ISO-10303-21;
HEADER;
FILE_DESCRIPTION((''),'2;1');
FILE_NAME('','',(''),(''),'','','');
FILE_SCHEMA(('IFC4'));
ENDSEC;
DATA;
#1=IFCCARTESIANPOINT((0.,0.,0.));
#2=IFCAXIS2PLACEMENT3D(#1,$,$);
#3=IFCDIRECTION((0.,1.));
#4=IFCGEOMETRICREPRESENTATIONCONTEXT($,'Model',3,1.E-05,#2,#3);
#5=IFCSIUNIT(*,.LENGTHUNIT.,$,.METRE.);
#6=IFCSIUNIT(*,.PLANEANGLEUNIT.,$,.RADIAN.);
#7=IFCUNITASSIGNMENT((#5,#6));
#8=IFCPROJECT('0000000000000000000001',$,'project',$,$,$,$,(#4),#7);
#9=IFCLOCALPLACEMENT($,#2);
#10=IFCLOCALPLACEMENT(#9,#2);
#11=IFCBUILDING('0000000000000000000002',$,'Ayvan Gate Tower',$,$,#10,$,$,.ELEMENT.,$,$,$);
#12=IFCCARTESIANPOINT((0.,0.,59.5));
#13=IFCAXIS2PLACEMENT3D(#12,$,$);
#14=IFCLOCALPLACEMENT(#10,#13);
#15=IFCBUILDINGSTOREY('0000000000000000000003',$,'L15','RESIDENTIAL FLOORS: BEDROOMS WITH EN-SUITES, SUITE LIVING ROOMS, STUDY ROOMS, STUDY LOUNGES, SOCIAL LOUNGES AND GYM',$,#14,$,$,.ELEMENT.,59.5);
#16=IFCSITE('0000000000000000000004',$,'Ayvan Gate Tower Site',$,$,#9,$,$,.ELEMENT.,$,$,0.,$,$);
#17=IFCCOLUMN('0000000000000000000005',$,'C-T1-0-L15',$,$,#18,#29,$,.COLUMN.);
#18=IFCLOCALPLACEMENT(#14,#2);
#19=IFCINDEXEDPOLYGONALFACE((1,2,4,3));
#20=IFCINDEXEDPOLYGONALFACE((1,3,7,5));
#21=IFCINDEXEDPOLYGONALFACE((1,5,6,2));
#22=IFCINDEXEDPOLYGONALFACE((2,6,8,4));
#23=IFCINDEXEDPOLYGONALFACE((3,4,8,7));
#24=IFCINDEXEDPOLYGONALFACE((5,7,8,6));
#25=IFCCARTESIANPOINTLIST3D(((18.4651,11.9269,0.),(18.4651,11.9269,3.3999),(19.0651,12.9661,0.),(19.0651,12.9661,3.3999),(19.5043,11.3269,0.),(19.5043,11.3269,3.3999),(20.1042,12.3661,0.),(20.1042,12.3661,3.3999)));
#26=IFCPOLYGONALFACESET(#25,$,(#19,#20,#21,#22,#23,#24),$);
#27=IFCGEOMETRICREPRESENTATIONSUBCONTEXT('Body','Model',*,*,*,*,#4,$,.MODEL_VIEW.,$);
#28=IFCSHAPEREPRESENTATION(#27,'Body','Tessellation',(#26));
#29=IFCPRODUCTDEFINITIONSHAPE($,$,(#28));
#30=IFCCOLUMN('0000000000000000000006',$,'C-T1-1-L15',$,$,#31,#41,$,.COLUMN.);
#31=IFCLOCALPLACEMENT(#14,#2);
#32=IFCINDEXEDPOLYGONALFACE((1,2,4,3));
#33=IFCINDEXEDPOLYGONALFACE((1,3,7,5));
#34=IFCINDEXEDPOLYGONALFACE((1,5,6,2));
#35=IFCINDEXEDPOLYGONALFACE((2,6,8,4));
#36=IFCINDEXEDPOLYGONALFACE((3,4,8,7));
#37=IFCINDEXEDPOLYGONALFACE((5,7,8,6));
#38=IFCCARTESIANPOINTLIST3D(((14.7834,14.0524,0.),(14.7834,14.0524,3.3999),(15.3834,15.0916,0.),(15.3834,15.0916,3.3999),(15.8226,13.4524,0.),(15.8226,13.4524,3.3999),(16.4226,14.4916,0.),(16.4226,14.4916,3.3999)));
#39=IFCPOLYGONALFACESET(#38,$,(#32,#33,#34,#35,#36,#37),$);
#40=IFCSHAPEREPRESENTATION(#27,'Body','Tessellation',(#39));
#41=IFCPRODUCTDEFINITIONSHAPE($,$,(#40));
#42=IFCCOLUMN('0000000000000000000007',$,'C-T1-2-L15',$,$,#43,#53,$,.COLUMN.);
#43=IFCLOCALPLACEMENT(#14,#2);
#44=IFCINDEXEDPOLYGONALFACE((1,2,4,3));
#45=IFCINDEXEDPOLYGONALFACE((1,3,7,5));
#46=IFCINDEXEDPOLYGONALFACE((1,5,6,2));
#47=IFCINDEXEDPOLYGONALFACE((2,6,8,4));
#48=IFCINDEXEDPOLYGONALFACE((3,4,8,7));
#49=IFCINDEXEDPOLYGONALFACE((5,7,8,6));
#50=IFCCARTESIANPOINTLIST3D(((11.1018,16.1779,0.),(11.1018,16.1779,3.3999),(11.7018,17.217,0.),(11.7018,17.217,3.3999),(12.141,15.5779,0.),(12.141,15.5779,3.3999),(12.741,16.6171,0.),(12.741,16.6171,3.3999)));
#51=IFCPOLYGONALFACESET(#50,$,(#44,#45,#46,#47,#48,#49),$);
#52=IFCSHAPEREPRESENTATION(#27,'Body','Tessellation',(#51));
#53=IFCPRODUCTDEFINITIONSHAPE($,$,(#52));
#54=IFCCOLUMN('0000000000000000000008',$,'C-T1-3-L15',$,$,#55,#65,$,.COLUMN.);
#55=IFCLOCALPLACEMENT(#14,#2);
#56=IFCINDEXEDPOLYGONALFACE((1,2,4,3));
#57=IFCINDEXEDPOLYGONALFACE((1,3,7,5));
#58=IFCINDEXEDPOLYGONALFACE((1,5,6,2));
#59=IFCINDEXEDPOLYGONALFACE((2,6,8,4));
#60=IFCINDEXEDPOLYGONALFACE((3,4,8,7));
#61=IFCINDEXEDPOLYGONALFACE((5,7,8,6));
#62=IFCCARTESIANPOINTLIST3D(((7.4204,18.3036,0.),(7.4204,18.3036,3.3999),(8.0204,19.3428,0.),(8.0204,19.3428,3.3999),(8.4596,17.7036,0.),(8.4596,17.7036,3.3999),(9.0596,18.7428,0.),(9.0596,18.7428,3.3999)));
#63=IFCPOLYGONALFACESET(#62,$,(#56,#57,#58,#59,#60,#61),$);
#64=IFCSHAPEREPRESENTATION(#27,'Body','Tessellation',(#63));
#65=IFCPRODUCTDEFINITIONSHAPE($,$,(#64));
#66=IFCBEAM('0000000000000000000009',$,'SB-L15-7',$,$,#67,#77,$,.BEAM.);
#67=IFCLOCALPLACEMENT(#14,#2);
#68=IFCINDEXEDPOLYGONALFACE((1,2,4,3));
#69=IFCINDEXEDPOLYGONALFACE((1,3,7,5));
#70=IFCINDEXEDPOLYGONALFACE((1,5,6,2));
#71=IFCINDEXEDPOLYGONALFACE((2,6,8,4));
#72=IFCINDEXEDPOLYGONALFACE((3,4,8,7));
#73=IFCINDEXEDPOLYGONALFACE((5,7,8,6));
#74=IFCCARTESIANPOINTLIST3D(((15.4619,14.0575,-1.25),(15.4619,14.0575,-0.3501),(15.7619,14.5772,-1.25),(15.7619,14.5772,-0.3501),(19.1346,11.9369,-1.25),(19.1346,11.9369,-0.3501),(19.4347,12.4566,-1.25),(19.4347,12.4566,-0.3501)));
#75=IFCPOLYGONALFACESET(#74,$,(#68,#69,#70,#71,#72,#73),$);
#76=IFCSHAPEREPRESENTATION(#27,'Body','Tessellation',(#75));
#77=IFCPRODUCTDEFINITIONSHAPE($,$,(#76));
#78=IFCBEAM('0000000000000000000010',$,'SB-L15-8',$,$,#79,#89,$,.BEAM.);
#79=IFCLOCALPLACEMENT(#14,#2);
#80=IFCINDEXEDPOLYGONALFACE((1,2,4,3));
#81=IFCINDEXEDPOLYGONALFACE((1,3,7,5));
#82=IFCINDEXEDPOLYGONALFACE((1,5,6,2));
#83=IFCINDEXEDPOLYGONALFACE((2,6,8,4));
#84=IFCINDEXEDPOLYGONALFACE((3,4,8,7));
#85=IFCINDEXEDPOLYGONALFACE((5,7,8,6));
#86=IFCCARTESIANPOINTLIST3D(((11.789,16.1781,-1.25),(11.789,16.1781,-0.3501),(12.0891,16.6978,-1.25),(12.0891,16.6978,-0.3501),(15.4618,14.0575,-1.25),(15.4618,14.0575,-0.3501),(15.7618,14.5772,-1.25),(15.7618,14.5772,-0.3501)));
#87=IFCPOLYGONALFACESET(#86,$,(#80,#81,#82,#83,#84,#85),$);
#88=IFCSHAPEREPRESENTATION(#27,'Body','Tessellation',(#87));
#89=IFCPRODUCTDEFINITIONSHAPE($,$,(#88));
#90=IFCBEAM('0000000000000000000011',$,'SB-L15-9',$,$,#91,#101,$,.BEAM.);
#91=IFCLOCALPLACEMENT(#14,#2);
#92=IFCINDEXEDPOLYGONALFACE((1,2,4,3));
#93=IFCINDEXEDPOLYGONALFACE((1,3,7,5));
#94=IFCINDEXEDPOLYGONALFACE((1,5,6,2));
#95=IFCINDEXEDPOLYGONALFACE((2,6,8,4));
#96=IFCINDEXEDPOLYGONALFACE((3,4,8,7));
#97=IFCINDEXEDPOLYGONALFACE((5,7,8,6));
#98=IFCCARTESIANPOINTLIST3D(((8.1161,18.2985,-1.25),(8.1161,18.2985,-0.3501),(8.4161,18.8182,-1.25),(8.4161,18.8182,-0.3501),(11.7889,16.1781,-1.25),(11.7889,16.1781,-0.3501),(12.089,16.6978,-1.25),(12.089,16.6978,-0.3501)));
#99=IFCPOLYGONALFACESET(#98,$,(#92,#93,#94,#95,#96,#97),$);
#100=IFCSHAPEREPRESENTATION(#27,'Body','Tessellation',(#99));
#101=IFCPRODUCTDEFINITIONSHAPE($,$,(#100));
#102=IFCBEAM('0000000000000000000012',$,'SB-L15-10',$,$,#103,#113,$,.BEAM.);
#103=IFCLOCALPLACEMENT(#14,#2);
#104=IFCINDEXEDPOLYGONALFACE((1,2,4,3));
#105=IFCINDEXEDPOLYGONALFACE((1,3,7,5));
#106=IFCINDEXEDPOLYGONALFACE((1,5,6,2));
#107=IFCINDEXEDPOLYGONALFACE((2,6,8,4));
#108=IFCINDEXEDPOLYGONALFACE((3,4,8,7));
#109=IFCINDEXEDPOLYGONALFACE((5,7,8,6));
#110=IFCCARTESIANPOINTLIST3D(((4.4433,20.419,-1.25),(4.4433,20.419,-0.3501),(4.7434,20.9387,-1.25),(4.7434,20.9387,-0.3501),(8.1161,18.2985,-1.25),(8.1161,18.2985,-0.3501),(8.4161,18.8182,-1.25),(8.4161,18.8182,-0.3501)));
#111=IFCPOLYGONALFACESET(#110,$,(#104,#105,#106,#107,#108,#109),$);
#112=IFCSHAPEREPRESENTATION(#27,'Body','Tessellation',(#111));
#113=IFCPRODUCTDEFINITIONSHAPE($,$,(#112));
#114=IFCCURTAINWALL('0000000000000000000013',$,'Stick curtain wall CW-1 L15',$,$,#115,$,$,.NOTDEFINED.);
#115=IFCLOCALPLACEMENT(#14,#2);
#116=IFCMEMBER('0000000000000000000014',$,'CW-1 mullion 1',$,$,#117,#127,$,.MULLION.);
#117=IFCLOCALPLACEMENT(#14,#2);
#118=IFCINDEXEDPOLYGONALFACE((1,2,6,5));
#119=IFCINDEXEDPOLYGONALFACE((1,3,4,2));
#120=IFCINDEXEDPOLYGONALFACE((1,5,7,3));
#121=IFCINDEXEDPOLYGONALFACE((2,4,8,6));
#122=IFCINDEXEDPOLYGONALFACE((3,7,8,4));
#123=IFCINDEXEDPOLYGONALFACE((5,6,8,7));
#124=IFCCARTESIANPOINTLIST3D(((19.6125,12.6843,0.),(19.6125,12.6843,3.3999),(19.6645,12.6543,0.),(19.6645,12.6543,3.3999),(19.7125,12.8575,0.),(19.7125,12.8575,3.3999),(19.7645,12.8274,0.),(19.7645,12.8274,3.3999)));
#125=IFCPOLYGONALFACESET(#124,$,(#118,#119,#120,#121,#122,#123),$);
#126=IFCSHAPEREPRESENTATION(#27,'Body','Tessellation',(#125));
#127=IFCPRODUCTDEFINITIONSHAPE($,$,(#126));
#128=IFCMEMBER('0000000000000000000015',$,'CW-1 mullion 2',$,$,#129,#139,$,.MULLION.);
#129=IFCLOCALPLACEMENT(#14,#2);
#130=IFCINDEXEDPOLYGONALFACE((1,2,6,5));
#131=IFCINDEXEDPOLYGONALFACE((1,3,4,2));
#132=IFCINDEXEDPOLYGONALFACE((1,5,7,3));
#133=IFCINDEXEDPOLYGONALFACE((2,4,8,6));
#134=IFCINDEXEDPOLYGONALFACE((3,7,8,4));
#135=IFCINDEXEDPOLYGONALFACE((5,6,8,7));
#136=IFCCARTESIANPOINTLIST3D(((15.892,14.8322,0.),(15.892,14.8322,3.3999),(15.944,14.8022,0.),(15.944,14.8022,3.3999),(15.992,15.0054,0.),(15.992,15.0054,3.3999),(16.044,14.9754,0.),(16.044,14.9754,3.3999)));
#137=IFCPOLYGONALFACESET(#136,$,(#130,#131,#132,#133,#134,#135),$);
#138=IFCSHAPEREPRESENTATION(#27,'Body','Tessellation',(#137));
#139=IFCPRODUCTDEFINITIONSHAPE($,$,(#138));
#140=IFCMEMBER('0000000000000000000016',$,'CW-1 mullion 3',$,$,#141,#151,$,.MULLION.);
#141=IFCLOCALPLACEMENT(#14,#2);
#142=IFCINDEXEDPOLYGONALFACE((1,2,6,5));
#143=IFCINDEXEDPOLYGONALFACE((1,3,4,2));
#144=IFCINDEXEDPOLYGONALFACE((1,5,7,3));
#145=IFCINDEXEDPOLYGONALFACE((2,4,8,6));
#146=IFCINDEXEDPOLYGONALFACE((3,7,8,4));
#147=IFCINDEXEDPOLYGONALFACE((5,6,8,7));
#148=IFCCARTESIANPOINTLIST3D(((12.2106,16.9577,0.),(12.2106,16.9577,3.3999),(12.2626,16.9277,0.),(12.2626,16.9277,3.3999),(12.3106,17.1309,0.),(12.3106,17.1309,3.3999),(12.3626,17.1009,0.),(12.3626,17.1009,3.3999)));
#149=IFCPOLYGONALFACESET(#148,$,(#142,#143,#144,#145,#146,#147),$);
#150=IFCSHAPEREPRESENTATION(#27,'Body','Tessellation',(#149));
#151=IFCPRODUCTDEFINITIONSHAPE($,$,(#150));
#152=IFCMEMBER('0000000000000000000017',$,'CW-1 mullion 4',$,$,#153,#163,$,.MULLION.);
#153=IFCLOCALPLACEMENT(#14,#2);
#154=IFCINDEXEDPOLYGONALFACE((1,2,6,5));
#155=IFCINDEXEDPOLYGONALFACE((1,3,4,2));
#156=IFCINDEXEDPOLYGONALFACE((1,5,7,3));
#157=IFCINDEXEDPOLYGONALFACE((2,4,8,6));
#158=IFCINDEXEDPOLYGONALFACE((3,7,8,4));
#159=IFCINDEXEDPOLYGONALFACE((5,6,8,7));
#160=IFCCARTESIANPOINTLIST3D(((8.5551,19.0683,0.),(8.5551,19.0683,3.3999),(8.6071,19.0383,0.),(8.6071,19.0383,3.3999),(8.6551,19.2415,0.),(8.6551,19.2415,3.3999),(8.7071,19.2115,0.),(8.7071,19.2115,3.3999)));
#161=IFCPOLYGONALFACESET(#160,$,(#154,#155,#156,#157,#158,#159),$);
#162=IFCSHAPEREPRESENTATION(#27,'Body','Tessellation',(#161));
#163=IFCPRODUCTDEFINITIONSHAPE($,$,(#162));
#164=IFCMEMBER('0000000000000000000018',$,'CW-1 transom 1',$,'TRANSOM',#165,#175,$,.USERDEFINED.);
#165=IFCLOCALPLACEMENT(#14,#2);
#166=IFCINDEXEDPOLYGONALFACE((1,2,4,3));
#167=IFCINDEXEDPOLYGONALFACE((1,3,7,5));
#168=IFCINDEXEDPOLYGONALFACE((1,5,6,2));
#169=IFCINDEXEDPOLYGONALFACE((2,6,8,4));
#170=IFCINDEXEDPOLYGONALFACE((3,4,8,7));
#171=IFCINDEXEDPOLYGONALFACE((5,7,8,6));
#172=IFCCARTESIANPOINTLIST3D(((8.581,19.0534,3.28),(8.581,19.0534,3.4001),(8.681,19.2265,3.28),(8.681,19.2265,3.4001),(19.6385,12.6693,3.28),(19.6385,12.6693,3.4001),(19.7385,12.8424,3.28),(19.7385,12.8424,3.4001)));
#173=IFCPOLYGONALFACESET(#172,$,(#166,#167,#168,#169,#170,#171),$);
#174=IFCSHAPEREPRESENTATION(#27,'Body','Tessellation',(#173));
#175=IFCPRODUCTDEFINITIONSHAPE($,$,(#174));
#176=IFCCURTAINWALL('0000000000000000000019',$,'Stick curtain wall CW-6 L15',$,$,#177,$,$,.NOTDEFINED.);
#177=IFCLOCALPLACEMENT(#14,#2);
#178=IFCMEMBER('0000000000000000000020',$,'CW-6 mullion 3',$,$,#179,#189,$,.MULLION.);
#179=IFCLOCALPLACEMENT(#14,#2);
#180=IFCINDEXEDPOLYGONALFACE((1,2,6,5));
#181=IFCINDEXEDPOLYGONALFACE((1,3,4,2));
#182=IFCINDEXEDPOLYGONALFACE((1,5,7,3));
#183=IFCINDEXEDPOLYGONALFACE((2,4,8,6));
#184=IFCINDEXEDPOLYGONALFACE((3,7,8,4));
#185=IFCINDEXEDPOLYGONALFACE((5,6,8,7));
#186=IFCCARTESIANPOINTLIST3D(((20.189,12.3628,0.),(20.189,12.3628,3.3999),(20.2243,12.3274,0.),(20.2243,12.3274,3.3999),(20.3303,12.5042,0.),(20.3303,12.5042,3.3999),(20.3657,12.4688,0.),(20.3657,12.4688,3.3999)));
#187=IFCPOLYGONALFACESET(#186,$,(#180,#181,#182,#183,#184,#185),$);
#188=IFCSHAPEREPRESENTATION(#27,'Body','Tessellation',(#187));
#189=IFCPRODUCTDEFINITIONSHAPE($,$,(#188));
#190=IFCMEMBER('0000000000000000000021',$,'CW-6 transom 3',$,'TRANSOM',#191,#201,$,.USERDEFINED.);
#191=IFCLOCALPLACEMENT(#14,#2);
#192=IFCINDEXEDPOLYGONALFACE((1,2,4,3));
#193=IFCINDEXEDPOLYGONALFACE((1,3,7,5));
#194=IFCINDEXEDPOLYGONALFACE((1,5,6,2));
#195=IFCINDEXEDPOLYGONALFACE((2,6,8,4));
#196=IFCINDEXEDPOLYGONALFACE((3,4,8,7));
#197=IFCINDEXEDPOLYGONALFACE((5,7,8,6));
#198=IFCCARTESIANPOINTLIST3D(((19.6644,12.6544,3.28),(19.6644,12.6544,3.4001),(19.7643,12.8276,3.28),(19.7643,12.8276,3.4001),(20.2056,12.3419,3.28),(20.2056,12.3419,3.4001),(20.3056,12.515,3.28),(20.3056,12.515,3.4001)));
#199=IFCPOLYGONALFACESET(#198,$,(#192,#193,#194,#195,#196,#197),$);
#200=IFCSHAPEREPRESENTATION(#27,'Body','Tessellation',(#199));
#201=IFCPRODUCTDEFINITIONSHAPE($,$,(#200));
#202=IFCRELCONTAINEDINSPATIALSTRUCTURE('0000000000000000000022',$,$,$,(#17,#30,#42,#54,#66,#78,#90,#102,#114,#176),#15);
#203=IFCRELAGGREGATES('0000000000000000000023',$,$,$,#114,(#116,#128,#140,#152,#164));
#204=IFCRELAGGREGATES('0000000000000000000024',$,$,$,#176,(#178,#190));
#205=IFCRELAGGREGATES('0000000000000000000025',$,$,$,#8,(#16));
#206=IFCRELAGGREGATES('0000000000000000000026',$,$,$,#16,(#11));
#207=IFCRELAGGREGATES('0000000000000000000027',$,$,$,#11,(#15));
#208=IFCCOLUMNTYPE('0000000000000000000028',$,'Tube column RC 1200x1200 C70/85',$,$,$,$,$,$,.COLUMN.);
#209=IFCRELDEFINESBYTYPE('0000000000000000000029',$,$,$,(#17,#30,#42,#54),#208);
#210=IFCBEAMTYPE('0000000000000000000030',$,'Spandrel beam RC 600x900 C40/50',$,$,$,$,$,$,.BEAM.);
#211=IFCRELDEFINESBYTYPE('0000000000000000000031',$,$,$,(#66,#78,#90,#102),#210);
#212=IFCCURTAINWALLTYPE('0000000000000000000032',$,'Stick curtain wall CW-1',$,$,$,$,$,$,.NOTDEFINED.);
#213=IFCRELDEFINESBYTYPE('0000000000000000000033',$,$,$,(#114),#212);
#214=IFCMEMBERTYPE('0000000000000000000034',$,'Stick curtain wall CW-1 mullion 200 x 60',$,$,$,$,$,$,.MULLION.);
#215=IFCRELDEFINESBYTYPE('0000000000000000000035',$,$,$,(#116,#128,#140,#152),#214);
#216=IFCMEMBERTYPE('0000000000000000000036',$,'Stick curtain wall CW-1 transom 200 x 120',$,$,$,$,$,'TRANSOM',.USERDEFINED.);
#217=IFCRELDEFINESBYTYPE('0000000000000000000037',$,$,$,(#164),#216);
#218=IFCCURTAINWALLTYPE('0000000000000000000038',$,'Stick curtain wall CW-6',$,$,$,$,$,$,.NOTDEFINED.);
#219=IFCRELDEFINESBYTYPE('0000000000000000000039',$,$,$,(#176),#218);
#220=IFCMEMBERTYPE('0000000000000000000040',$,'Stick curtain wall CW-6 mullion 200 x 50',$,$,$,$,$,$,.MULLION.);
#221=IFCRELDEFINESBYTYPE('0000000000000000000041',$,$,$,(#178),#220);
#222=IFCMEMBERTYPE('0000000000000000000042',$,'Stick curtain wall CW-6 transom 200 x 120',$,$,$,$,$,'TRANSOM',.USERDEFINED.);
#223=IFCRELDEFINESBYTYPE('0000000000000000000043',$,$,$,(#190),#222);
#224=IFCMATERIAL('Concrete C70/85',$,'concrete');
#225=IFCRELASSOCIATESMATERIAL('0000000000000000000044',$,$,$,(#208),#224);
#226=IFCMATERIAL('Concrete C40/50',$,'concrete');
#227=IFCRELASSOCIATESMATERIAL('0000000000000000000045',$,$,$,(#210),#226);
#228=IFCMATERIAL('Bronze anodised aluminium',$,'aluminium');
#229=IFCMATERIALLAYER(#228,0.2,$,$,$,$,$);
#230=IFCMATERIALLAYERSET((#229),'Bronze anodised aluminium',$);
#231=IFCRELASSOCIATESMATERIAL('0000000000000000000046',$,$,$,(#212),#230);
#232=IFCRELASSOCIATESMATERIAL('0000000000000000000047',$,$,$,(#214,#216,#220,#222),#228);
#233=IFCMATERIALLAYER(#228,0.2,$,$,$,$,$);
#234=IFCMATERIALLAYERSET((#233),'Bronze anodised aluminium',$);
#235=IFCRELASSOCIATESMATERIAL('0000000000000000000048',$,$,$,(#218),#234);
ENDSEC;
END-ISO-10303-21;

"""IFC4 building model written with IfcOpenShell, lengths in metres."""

from ifc_helpers import new_model, si_unit, direction, frame, origin, origin_2d, place, context, subcontext, project, spatial, rectangle, extrude, material, layer, layer_set, material_profile, profile_set, type_object, element, aggregate, save


model = new_model("IFC4")

# Units and contexts
model_context = context("Model", 3, precision=1e-05, world=origin(), true_north=direction((0.0, 1.0)))
body_context = subcontext(model_context, "Body", "Model", "MODEL_VIEW")
ifc_project = project(units=[si_unit("LENGTHUNIT", "METRE"), si_unit("PLANEANGLEUNIT", "RADIAN")], contexts=[model_context])

# Site, building, storey
site_placement = place(None, origin())
site = spatial("IfcSite", under=ifc_project, at=site_placement, Name="Ayvan Gate Tower Site", CompositionType="ELEMENT", RefElevation=0.0)
building_placement = place(site_placement, origin())
building = spatial("IfcBuilding", under=site, at=building_placement, Name="Ayvan Gate Tower", CompositionType="ELEMENT")
storey_placement = place(building_placement, frame((0.0, 0.0, 59.5)))
storey = spatial("IfcBuildingStorey", under=building, at=storey_placement, Name="L15", Description="RESIDENTIAL FLOORS: BEDROOMS WITH EN-SUITES, SUITE LIVING ROOMS, STUDY ROOMS, STUDY LOUNGES, SOCIAL LOUNGES AND GYM", CompositionType="ELEMENT", Elevation=59.5)

# Columns
ifc_material_1 = material(Name="Concrete C70/85", Category="concrete")
ifc_material_profile_1 = material_profile(ifc_material_1, rectangle(XDim=1.2, YDim=1.2, at=origin_2d()), Name="RC 1200x1200")
ifc_profile_set_1 = profile_set([ifc_material_profile_1], Name="Concrete C70/85")
column_type = type_object("IfcColumnType", Name="Tube column RC 1200x1200 C70/85", PredefinedType="COLUMN", material=ifc_profile_set_1)
for number, where, z_axis, x_axis, name in (
    (1, (19.2847, 12.1465, 0.0), (0.0, 0.0, 1.0), (0.5, 0.866025, 0.0), "C-T1-0-L15"),
    (2, (15.603, 14.272, 0.0), (0.0, 0.0, 1.0), (0.5, 0.866025, 0.0), "C-T1-1-L15"),
    (3, (11.9214, 16.3975, 0.0), (0.0, 0.0, 1.0), (0.5, 0.866025, 0.0), "C-T1-2-L15"),
    (4, (8.24, 18.5232, 0.0), (0.0, 0.0, 1.0), (0.5, 0.866025, 0.0), "C-T1-3-L15"),
):
    element("IfcColumn", number, at=place(storey_placement, frame(where, z_axis=z_axis, x_axis=x_axis)), inside=storey, type_object=column_type, Name=name, PredefinedType="COLUMN", context=body_context, shape_type="SweptSolid", body=[
        extrude(rectangle(XDim=1.2, YDim=1.2, at=origin_2d()), origin(), (0.0, 0.0, 1.0), 3.3999),
    ])

# Beams
ifc_material_2 = material(Name="Concrete C40/50", Category="concrete")
ifc_material_profile_2 = material_profile(ifc_material_2, rectangle(XDim=0.6001, YDim=0.8999, at=origin_2d()), Name="RC 600x900")
ifc_profile_set_2 = profile_set([ifc_material_profile_2], Name="Concrete C40/50")
beam_type = type_object("IfcBeamType", Name="Spandrel beam RC 600x900 C40/50", PredefinedType="BEAM", material=ifc_profile_set_2)
for number, where, z_axis, x_axis, name in (
    (5, (19.2847, 12.1968, -0.8), (-0.866017, 0.500015, 0.0), (-0.500015, -0.866017, 0.0), "SB-L15-7"),
    (6, (15.6118, 14.3174, -0.8), (-0.866017, 0.500015, 0.0), (-0.500015, -0.866017, 0.0), "SB-L15-8"),
    (7, (11.939, 16.438, -0.8), (-0.866042, 0.499972, 0.0), (-0.499972, -0.866042, 0.0), "SB-L15-9"),
    (8, (8.2661, 18.5583, -0.8), (-0.866017, 0.500015, 0.0), (-0.500015, -0.866017, 0.0), "SB-L15-10"),
):
    element("IfcBeam", number, at=place(storey_placement, frame(where, z_axis=z_axis, x_axis=x_axis)), inside=storey, type_object=beam_type, Name=name, PredefinedType="BEAM", context=body_context, shape_type="SweptSolid", body=[
        extrude(rectangle(XDim=0.6001, YDim=0.8999, at=origin_2d()), origin(), (0.0, 0.0, 1.0), 4.241),
    ])

# Curtain walls, members
ifc_material_3 = material(Name="Bronze anodised aluminium", Category="aluminium")
ifc_layer_1 = layer(ifc_material_3, 0.2)
ifc_layer_set_1 = layer_set([ifc_layer_1], Name="Bronze anodised aluminium")
curtain_wall_type_1 = type_object("IfcCurtainWallType", Name="Stick curtain wall CW-1", PredefinedType="NOTDEFINED", material=ifc_layer_set_1)
curtain_wall_1_placement = place(storey_placement, origin())
curtain_wall_1 = element("IfcCurtainWall", 9, at=curtain_wall_1_placement, inside=storey, type_object=curtain_wall_type_1, Name="Stick curtain wall CW-1 L15", PredefinedType="NOTDEFINED")
ifc_material_profile_3 = material_profile(ifc_material_3, rectangle(XDim=0.2, YDim=0.0601, at=origin_2d()), Name="Stick curtain wall CW-1 mullion 200 x 60")
ifc_profile_set_3 = profile_set([ifc_material_profile_3], Name="Bronze anodised aluminium")
member_type_1 = type_object("IfcMemberType", Name="Stick curtain wall CW-1 mullion 200 x 60", PredefinedType="MULLION", material=ifc_profile_set_3)
member_1_placement = place(storey_placement, frame((19.6885, 12.7559, 0.0), z_axis=(0.0, 0.0, 1.0), x_axis=(0.5, 0.866025, 0.0)))
member_1 = element("IfcMember", 10, at=member_1_placement, type_object=member_type_1, Name="CW-1 mullion 1", PredefinedType="MULLION", context=body_context, shape_type="SweptSolid", body=[
    extrude(rectangle(XDim=0.2, YDim=0.0601, at=origin_2d()), origin(), (0.0, 0.0, 1.0), 3.3999),
])
member_2_placement = place(storey_placement, frame((15.968, 14.9038, 0.0), z_axis=(0.0, 0.0, 1.0), x_axis=(0.5, 0.866025, 0.0)))
member_2 = element("IfcMember", 11, at=member_2_placement, type_object=member_type_1, Name="CW-1 mullion 2", PredefinedType="MULLION", context=body_context, shape_type="SweptSolid", body=[
    extrude(rectangle(XDim=0.2, YDim=0.0601, at=origin_2d()), origin(), (0.0, 0.0, 1.0), 3.3999),
])
member_3_placement = place(storey_placement, frame((12.2866, 17.0293, 0.0), z_axis=(0.0, 0.0, 1.0), x_axis=(0.5, 0.866025, 0.0)))
member_3 = element("IfcMember", 12, at=member_3_placement, type_object=member_type_1, Name="CW-1 mullion 3", PredefinedType="MULLION", context=body_context, shape_type="SweptSolid", body=[
    extrude(rectangle(XDim=0.2, YDim=0.0601, at=origin_2d()), origin(), (0.0, 0.0, 1.0), 3.3999),
])
member_4_placement = place(storey_placement, frame((8.6311, 19.1399, 0.0), z_axis=(0.0, 0.0, 1.0), x_axis=(0.5, 0.866025, 0.0)))
member_4 = element("IfcMember", 13, at=member_4_placement, type_object=member_type_1, Name="CW-1 mullion 4", PredefinedType="MULLION", context=body_context, shape_type="SweptSolid", body=[
    extrude(rectangle(XDim=0.2, YDim=0.0601, at=origin_2d()), origin(), (0.0, 0.0, 1.0), 3.3999),
])
ifc_material_profile_4 = material_profile(ifc_material_3, rectangle(XDim=0.2, YDim=0.1201, at=origin_2d()), Name="Stick curtain wall CW-1 transom 200 x 120")
ifc_profile_set_4 = profile_set([ifc_material_profile_4], Name="Bronze anodised aluminium")
member_type_2 = type_object("IfcMemberType", Name="Stick curtain wall CW-1 transom 200 x 120", ElementType="TRANSOM", PredefinedType="USERDEFINED", material=ifc_profile_set_4)
member_5_placement = place(storey_placement, frame((19.6885, 12.7559, 3.3401), z_axis=(-0.866024, 0.500003, 0.0), x_axis=(-0.500003, -0.866024, 0.0)))
member_5 = element("IfcMember", 14, at=member_5_placement, type_object=member_type_2, Name="CW-1 transom 1", ObjectType="TRANSOM", PredefinedType="USERDEFINED", context=body_context, shape_type="SweptSolid", body=[
    extrude(rectangle(XDim=0.2, YDim=0.1201, at=origin_2d()), origin(), (0.0, 0.0, 1.0), 12.7681),
])
ifc_layer_2 = layer(ifc_material_3, 0.2)
ifc_layer_set_2 = layer_set([ifc_layer_2], Name="Bronze anodised aluminium")
curtain_wall_type_2 = type_object("IfcCurtainWallType", Name="Stick curtain wall CW-6", PredefinedType="NOTDEFINED", material=ifc_layer_set_2)
curtain_wall_2_placement = place(storey_placement, origin())
curtain_wall_2 = element("IfcCurtainWall", 15, at=curtain_wall_2_placement, inside=storey, type_object=curtain_wall_type_2, Name="Stick curtain wall CW-6 L15", PredefinedType="NOTDEFINED")
ifc_material_profile_5 = material_profile(ifc_material_3, rectangle(XDim=0.2, YDim=0.05, at=origin_2d()), Name="Stick curtain wall CW-6 mullion 200 x 50")
ifc_profile_set_5 = profile_set([ifc_material_profile_5], Name="Bronze anodised aluminium")
member_type_3 = type_object("IfcMemberType", Name="Stick curtain wall CW-6 mullion 200 x 50", PredefinedType="MULLION", material=ifc_profile_set_5)
member_6_placement = place(storey_placement, frame((20.2773, 12.4158, 0.0), z_axis=(0.0, 0.0, 1.0), x_axis=(0.707107, 0.707107, 0.0)))
member_6 = element("IfcMember", 16, at=member_6_placement, type_object=member_type_3, Name="CW-6 mullion 3", PredefinedType="MULLION", context=body_context, shape_type="SweptSolid", body=[
    extrude(rectangle(XDim=0.2, YDim=0.05, at=origin_2d()), origin(), (0.0, 0.0, 1.0), 3.3999),
])
ifc_material_profile_6 = material_profile(ifc_material_3, rectangle(XDim=0.2, YDim=0.1201, at=origin_2d()), Name="Stick curtain wall CW-6 transom 200 x 120")
ifc_profile_set_6 = profile_set([ifc_material_profile_6], Name="Bronze anodised aluminium")
member_type_4 = type_object("IfcMemberType", Name="Stick curtain wall CW-6 transom 200 x 120", ElementType="TRANSOM", PredefinedType="USERDEFINED", material=ifc_profile_set_6)
member_7_placement = place(storey_placement, frame((20.2556, 12.4285, 3.3401), z_axis=(-0.866023, 0.500004, 0.0), x_axis=(-0.500004, -0.866023, 0.0)))
member_7 = element("IfcMember", 17, at=member_7_placement, type_object=member_type_4, Name="CW-6 transom 3", ObjectType="TRANSOM", PredefinedType="USERDEFINED", context=body_context, shape_type="SweptSolid", body=[
    extrude(rectangle(XDim=0.2, YDim=0.1201, at=origin_2d()), origin(), (0.0, 0.0, 1.0), 0.625),
])

aggregate(curtain_wall_1, [member_1, member_2, member_3, member_4, member_5])
aggregate(curtain_wall_2, [member_6, member_7])

save(model, "model.ifc")
